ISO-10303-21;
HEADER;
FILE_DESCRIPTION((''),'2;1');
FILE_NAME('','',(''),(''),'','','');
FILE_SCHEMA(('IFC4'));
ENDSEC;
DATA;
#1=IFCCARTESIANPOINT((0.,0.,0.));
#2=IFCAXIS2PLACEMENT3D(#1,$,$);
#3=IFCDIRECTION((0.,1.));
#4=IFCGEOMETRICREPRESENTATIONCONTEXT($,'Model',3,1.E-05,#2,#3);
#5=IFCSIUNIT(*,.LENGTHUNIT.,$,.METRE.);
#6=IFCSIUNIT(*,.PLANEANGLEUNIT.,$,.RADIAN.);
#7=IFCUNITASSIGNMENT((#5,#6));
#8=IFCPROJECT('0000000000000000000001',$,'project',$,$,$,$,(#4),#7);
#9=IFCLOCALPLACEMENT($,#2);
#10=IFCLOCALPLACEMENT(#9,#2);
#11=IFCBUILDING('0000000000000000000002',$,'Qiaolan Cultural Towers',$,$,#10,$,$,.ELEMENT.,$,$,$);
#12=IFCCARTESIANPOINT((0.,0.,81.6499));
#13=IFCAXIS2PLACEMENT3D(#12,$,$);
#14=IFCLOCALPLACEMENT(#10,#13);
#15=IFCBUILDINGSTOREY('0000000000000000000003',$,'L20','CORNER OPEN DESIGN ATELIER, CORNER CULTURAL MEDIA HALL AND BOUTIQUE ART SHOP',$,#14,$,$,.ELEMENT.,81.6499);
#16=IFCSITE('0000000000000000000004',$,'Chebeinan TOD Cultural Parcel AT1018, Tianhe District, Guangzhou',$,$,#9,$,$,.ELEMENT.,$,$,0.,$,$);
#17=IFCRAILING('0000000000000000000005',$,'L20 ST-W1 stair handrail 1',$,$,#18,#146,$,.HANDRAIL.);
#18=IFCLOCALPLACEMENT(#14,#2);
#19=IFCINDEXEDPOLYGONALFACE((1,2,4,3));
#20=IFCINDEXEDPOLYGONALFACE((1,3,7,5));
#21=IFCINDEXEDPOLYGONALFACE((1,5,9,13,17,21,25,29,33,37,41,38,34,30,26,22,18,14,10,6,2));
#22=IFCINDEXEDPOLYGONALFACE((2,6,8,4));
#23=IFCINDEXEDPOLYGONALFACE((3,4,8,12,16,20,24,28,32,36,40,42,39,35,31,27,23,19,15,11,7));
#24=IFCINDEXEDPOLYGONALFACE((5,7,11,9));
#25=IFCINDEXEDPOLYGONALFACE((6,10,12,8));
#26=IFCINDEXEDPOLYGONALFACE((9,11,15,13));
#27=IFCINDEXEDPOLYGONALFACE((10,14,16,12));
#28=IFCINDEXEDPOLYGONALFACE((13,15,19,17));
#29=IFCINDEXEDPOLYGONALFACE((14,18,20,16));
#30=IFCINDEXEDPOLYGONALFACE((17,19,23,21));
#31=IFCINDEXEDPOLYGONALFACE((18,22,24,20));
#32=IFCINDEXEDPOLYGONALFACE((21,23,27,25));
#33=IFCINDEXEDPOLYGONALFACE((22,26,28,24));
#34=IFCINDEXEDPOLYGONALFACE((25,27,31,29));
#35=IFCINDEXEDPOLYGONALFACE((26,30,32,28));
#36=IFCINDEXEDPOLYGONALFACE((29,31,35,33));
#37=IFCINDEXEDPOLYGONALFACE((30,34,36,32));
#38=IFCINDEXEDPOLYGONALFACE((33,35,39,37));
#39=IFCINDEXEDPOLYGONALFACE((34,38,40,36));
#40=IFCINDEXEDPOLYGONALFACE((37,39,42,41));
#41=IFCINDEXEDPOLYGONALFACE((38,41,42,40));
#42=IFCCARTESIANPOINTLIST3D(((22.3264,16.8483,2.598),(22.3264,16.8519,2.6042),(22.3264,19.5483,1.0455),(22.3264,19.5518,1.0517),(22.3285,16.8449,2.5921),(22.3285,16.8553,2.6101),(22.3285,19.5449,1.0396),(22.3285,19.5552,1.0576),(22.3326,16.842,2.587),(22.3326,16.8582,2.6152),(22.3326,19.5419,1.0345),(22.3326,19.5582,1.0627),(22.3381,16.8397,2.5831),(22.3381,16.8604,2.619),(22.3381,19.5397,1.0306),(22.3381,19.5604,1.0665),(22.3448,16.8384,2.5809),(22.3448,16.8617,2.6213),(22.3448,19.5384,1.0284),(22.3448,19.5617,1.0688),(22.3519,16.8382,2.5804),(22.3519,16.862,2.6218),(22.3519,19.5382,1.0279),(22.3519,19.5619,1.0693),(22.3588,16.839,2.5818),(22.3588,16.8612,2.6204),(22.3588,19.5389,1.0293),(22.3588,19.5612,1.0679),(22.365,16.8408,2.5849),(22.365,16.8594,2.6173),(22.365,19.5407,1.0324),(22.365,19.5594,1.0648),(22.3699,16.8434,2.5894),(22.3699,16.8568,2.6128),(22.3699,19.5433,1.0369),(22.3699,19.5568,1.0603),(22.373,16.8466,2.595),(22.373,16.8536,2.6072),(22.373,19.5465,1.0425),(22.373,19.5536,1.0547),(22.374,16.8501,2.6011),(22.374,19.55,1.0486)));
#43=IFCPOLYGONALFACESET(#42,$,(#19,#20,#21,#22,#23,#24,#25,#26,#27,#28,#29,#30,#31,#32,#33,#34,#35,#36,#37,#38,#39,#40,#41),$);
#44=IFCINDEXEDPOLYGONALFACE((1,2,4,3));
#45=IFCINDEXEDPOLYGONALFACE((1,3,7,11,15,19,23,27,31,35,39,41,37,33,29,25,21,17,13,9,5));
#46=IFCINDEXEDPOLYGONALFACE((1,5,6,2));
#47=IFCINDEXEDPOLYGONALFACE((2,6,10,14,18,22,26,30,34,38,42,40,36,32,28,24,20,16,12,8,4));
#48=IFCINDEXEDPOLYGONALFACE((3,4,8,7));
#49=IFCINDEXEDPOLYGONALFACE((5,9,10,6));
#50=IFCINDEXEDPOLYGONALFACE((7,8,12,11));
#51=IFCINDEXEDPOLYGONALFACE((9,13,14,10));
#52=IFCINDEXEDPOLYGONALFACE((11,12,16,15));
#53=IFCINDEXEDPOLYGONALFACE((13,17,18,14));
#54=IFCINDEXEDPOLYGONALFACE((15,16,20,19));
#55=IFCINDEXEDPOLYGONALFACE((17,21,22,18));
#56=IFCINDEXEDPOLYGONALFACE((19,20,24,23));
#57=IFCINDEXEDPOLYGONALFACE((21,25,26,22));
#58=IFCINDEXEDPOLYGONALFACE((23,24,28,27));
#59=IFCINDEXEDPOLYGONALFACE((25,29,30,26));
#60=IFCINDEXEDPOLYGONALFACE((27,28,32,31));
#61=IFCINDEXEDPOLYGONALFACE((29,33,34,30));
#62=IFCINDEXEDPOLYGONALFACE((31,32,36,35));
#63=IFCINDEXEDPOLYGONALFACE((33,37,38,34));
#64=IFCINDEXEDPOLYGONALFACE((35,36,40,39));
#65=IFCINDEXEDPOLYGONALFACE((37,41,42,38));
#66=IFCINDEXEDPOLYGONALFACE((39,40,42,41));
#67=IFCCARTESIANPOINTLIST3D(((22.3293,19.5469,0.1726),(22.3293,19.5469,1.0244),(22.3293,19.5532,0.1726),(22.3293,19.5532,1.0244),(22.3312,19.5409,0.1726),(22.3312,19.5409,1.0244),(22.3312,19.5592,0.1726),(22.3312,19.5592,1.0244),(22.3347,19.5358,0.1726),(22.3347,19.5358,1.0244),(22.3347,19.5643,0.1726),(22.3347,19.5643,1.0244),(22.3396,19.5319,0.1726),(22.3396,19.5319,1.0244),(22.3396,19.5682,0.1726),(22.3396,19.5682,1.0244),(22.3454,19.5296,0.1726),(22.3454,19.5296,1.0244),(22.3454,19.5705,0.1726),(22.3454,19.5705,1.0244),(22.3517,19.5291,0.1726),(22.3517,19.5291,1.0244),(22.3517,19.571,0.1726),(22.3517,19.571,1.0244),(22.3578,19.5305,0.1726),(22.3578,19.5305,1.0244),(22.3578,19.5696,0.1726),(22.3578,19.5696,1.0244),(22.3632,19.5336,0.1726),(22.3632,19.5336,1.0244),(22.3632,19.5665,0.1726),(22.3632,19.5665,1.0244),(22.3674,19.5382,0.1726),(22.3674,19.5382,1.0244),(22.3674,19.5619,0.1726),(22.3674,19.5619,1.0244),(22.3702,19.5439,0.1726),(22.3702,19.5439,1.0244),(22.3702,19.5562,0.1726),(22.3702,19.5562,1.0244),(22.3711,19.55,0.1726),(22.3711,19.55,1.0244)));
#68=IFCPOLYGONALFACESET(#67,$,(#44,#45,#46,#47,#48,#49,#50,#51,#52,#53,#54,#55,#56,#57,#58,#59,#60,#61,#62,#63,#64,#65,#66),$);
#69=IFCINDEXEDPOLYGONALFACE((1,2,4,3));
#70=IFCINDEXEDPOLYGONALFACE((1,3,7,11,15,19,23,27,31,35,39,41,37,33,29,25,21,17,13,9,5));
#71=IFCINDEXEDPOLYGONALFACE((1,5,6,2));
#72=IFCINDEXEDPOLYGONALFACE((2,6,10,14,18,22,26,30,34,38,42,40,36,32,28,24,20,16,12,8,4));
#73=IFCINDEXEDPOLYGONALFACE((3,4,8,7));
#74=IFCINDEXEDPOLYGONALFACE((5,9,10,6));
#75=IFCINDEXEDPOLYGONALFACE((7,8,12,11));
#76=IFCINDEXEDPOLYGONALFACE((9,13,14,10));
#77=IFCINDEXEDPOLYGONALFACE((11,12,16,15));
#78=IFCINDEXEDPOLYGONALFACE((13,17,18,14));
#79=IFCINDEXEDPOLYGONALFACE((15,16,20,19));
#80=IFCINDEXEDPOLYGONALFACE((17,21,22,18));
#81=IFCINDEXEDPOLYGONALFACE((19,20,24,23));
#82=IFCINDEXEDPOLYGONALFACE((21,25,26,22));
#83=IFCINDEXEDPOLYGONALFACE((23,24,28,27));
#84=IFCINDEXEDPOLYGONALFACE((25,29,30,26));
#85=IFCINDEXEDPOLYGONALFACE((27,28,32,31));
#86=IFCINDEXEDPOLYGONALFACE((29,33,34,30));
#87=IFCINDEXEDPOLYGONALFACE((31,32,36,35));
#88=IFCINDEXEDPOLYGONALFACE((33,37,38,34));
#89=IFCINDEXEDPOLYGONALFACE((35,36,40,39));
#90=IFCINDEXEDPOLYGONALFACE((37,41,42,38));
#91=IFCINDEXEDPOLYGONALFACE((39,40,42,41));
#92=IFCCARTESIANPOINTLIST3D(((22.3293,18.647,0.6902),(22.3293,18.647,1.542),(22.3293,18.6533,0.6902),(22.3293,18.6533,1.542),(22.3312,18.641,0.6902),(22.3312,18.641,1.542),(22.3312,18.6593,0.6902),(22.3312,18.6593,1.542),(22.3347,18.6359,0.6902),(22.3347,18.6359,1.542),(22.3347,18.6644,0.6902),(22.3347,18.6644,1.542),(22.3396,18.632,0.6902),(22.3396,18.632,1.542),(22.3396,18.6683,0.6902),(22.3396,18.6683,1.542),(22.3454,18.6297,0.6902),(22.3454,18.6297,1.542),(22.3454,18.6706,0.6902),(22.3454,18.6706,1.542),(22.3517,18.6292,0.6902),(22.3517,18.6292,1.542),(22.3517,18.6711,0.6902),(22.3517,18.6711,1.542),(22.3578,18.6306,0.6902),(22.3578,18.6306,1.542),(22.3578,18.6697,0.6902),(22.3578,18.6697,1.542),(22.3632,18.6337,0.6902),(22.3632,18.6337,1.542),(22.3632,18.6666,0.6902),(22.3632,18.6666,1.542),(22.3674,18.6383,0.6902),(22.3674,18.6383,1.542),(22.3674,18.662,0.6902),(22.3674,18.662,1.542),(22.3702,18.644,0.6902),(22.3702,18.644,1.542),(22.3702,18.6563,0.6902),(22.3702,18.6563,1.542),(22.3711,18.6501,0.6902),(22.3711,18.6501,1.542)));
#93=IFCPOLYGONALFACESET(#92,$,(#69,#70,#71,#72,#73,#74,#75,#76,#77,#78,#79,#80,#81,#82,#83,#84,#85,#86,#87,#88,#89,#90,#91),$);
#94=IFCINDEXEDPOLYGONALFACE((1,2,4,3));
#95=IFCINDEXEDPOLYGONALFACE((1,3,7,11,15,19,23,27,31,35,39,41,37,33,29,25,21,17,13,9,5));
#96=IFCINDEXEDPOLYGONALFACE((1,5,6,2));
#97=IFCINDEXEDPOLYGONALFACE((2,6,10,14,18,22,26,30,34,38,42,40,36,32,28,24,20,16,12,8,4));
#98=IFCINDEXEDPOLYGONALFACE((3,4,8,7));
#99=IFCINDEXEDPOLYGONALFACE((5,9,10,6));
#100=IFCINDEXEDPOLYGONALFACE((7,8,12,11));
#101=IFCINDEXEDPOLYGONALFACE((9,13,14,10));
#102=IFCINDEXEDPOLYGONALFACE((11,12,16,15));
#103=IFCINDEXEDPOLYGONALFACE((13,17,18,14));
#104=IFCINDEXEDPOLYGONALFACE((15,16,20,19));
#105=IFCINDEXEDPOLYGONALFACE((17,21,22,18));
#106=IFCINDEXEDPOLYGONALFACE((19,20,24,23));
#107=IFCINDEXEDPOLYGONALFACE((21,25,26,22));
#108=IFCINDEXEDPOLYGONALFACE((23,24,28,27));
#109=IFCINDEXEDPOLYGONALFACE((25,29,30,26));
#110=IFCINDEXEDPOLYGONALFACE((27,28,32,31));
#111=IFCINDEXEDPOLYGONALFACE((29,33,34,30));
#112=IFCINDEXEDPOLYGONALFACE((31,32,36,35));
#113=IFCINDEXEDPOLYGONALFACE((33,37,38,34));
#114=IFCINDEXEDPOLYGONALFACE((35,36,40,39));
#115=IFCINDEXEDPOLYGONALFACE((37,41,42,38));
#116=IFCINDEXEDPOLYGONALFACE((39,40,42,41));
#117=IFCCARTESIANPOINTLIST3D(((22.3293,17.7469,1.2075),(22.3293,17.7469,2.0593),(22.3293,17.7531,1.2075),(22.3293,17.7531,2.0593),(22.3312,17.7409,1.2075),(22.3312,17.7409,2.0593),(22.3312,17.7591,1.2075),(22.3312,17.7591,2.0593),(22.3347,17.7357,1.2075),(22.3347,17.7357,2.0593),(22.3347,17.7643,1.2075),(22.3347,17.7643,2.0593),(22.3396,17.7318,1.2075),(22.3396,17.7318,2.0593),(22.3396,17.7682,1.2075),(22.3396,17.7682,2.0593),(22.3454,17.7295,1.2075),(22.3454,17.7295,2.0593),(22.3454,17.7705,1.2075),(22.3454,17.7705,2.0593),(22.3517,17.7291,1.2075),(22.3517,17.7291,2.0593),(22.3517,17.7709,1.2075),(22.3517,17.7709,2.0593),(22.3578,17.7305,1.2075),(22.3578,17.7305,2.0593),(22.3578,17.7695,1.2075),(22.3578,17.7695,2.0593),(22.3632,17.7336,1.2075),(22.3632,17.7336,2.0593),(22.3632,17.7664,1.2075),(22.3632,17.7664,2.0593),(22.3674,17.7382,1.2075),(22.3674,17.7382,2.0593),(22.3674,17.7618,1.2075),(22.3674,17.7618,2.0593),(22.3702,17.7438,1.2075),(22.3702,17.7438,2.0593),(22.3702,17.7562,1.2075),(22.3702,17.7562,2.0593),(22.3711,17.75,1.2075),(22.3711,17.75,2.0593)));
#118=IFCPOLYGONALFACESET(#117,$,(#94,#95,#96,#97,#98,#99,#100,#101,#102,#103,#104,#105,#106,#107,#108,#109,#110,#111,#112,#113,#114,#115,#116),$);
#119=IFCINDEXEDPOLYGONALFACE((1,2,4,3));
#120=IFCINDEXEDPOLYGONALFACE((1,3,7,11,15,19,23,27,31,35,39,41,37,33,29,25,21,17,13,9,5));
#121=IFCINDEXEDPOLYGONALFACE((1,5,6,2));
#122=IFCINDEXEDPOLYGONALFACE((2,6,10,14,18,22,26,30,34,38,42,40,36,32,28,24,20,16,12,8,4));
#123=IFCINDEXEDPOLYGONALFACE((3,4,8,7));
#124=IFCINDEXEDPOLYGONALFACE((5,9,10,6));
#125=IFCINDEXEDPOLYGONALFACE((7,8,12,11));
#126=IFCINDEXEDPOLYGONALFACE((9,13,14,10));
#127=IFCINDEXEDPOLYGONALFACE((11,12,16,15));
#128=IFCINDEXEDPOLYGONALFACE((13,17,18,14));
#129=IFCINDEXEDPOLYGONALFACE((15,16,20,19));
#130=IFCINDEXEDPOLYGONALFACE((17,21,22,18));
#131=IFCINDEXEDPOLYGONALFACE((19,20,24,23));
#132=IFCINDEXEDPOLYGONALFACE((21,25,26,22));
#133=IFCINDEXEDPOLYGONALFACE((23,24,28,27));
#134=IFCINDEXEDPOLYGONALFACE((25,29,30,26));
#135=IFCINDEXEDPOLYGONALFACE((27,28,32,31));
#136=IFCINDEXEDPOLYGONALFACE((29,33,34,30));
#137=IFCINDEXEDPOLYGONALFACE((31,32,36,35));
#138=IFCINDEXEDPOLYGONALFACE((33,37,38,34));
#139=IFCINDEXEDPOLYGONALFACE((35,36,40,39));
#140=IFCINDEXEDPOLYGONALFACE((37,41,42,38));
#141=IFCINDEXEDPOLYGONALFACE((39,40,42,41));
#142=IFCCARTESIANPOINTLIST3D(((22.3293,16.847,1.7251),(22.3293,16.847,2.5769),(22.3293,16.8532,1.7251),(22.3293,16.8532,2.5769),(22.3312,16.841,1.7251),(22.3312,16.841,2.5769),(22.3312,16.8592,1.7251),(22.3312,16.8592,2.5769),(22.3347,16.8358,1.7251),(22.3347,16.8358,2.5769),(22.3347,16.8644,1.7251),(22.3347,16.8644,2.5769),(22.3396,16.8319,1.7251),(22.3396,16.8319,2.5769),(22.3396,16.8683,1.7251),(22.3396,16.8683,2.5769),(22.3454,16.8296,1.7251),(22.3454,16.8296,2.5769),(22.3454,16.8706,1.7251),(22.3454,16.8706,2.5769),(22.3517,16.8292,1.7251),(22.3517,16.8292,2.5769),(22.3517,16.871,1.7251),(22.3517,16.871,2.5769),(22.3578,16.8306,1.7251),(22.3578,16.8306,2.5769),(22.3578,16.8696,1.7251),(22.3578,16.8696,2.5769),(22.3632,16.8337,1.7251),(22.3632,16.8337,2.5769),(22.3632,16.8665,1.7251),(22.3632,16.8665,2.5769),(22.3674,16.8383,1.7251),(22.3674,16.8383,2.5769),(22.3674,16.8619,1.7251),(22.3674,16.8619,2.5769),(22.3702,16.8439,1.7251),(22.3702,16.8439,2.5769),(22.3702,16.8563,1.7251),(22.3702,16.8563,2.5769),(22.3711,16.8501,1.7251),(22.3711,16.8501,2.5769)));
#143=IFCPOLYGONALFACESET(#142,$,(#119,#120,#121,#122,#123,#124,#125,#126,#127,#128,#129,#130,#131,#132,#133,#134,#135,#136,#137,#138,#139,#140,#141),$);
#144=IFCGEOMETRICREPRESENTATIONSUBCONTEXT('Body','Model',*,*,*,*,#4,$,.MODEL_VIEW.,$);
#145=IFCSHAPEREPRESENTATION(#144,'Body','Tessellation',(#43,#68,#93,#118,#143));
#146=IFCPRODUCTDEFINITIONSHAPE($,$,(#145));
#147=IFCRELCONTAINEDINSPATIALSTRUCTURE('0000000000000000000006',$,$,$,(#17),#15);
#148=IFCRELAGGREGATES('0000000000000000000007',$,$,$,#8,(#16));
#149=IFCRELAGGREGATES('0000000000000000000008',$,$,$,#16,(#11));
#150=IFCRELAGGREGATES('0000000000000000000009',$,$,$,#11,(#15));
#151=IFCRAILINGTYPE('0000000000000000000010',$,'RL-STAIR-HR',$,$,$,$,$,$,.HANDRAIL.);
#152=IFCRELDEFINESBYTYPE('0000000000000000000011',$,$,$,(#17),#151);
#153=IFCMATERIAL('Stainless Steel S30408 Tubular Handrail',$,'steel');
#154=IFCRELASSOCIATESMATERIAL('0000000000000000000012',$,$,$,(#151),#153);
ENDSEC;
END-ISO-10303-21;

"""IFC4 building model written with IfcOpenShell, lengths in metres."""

from ifc_helpers import new_model, si_unit, direction, frame, origin, origin_2d, place, context, subcontext, project, spatial, circle, extrude, material, type_object, element, save


model = new_model("IFC4")

# Units and contexts
model_context = context("Model", 3, precision=1e-05, world=origin(), true_north=direction((0.0, 1.0)))
body_context = subcontext(model_context, "Body", "Model", "MODEL_VIEW")
ifc_project = project(units=[si_unit("LENGTHUNIT", "METRE"), si_unit("PLANEANGLEUNIT", "RADIAN")], contexts=[model_context])

# Site, building, storey
site_placement = place(None, origin())
site = spatial("IfcSite", under=ifc_project, at=site_placement, Name="Chebeinan TOD Cultural Parcel AT1018, Tianhe District, Guangzhou", CompositionType="ELEMENT", RefElevation=0.0)
building_placement = place(site_placement, origin())
building = spatial("IfcBuilding", under=site, at=building_placement, Name="Qiaolan Cultural Towers", CompositionType="ELEMENT")
storey_placement = place(building_placement, frame((0.0, 0.0, 81.6499)))
storey = spatial("IfcBuildingStorey", under=building, at=storey_placement, Name="L20", Description="CORNER OPEN DESIGN ATELIER, CORNER CULTURAL MEDIA HALL AND BOUTIQUE ART SHOP", CompositionType="ELEMENT", Elevation=81.6499)

# Railing
ifc_material_1 = material(Name="Stainless Steel S30408 Tubular Handrail", Category="steel")
railing_type_1 = type_object("IfcRailingType", Name="RL-STAIR-HR", PredefinedType="HANDRAIL", material=ifc_material_1)
railing_1_placement = place(storey_placement, frame((22.3501, 19.55, 0.1726)))
element("IfcRailing", 1, at=railing_1_placement, inside=storey, type_object=railing_type_1, Name="L20 ST-W1 stair handrail 1", PredefinedType="HANDRAIL", context=body_context, shape_type="SweptSolid", body=[
    extrude(circle(Radius=0.0239, at=origin_2d()), frame((0.0, 0.0, 0.876), z_axis=(0.0, -0.866904, 0.498476), x_axis=(1.0, 0.0, 0.0)), (0.0, 0.0, 1.0), 3.1145),
    extrude(circle(Radius=0.021, at=origin_2d()), origin(), (0.0, 0.0, 1.0), 0.8518),
    extrude(circle(Radius=0.021, at=origin_2d()), frame((0.0, -0.8999, 0.5176)), (0.0, 0.0, 1.0), 0.8518),
    extrude(circle(Radius=0.021, at=origin_2d()), frame((0.0, -1.8, 1.0349)), (0.0, 0.0, 1.0), 0.8518),
    extrude(circle(Radius=0.021, at=origin_2d()), frame((0.0, -2.7, 1.5525)), (0.0, 0.0, 1.0), 0.8518),
])

save(model, "model.ifc")
